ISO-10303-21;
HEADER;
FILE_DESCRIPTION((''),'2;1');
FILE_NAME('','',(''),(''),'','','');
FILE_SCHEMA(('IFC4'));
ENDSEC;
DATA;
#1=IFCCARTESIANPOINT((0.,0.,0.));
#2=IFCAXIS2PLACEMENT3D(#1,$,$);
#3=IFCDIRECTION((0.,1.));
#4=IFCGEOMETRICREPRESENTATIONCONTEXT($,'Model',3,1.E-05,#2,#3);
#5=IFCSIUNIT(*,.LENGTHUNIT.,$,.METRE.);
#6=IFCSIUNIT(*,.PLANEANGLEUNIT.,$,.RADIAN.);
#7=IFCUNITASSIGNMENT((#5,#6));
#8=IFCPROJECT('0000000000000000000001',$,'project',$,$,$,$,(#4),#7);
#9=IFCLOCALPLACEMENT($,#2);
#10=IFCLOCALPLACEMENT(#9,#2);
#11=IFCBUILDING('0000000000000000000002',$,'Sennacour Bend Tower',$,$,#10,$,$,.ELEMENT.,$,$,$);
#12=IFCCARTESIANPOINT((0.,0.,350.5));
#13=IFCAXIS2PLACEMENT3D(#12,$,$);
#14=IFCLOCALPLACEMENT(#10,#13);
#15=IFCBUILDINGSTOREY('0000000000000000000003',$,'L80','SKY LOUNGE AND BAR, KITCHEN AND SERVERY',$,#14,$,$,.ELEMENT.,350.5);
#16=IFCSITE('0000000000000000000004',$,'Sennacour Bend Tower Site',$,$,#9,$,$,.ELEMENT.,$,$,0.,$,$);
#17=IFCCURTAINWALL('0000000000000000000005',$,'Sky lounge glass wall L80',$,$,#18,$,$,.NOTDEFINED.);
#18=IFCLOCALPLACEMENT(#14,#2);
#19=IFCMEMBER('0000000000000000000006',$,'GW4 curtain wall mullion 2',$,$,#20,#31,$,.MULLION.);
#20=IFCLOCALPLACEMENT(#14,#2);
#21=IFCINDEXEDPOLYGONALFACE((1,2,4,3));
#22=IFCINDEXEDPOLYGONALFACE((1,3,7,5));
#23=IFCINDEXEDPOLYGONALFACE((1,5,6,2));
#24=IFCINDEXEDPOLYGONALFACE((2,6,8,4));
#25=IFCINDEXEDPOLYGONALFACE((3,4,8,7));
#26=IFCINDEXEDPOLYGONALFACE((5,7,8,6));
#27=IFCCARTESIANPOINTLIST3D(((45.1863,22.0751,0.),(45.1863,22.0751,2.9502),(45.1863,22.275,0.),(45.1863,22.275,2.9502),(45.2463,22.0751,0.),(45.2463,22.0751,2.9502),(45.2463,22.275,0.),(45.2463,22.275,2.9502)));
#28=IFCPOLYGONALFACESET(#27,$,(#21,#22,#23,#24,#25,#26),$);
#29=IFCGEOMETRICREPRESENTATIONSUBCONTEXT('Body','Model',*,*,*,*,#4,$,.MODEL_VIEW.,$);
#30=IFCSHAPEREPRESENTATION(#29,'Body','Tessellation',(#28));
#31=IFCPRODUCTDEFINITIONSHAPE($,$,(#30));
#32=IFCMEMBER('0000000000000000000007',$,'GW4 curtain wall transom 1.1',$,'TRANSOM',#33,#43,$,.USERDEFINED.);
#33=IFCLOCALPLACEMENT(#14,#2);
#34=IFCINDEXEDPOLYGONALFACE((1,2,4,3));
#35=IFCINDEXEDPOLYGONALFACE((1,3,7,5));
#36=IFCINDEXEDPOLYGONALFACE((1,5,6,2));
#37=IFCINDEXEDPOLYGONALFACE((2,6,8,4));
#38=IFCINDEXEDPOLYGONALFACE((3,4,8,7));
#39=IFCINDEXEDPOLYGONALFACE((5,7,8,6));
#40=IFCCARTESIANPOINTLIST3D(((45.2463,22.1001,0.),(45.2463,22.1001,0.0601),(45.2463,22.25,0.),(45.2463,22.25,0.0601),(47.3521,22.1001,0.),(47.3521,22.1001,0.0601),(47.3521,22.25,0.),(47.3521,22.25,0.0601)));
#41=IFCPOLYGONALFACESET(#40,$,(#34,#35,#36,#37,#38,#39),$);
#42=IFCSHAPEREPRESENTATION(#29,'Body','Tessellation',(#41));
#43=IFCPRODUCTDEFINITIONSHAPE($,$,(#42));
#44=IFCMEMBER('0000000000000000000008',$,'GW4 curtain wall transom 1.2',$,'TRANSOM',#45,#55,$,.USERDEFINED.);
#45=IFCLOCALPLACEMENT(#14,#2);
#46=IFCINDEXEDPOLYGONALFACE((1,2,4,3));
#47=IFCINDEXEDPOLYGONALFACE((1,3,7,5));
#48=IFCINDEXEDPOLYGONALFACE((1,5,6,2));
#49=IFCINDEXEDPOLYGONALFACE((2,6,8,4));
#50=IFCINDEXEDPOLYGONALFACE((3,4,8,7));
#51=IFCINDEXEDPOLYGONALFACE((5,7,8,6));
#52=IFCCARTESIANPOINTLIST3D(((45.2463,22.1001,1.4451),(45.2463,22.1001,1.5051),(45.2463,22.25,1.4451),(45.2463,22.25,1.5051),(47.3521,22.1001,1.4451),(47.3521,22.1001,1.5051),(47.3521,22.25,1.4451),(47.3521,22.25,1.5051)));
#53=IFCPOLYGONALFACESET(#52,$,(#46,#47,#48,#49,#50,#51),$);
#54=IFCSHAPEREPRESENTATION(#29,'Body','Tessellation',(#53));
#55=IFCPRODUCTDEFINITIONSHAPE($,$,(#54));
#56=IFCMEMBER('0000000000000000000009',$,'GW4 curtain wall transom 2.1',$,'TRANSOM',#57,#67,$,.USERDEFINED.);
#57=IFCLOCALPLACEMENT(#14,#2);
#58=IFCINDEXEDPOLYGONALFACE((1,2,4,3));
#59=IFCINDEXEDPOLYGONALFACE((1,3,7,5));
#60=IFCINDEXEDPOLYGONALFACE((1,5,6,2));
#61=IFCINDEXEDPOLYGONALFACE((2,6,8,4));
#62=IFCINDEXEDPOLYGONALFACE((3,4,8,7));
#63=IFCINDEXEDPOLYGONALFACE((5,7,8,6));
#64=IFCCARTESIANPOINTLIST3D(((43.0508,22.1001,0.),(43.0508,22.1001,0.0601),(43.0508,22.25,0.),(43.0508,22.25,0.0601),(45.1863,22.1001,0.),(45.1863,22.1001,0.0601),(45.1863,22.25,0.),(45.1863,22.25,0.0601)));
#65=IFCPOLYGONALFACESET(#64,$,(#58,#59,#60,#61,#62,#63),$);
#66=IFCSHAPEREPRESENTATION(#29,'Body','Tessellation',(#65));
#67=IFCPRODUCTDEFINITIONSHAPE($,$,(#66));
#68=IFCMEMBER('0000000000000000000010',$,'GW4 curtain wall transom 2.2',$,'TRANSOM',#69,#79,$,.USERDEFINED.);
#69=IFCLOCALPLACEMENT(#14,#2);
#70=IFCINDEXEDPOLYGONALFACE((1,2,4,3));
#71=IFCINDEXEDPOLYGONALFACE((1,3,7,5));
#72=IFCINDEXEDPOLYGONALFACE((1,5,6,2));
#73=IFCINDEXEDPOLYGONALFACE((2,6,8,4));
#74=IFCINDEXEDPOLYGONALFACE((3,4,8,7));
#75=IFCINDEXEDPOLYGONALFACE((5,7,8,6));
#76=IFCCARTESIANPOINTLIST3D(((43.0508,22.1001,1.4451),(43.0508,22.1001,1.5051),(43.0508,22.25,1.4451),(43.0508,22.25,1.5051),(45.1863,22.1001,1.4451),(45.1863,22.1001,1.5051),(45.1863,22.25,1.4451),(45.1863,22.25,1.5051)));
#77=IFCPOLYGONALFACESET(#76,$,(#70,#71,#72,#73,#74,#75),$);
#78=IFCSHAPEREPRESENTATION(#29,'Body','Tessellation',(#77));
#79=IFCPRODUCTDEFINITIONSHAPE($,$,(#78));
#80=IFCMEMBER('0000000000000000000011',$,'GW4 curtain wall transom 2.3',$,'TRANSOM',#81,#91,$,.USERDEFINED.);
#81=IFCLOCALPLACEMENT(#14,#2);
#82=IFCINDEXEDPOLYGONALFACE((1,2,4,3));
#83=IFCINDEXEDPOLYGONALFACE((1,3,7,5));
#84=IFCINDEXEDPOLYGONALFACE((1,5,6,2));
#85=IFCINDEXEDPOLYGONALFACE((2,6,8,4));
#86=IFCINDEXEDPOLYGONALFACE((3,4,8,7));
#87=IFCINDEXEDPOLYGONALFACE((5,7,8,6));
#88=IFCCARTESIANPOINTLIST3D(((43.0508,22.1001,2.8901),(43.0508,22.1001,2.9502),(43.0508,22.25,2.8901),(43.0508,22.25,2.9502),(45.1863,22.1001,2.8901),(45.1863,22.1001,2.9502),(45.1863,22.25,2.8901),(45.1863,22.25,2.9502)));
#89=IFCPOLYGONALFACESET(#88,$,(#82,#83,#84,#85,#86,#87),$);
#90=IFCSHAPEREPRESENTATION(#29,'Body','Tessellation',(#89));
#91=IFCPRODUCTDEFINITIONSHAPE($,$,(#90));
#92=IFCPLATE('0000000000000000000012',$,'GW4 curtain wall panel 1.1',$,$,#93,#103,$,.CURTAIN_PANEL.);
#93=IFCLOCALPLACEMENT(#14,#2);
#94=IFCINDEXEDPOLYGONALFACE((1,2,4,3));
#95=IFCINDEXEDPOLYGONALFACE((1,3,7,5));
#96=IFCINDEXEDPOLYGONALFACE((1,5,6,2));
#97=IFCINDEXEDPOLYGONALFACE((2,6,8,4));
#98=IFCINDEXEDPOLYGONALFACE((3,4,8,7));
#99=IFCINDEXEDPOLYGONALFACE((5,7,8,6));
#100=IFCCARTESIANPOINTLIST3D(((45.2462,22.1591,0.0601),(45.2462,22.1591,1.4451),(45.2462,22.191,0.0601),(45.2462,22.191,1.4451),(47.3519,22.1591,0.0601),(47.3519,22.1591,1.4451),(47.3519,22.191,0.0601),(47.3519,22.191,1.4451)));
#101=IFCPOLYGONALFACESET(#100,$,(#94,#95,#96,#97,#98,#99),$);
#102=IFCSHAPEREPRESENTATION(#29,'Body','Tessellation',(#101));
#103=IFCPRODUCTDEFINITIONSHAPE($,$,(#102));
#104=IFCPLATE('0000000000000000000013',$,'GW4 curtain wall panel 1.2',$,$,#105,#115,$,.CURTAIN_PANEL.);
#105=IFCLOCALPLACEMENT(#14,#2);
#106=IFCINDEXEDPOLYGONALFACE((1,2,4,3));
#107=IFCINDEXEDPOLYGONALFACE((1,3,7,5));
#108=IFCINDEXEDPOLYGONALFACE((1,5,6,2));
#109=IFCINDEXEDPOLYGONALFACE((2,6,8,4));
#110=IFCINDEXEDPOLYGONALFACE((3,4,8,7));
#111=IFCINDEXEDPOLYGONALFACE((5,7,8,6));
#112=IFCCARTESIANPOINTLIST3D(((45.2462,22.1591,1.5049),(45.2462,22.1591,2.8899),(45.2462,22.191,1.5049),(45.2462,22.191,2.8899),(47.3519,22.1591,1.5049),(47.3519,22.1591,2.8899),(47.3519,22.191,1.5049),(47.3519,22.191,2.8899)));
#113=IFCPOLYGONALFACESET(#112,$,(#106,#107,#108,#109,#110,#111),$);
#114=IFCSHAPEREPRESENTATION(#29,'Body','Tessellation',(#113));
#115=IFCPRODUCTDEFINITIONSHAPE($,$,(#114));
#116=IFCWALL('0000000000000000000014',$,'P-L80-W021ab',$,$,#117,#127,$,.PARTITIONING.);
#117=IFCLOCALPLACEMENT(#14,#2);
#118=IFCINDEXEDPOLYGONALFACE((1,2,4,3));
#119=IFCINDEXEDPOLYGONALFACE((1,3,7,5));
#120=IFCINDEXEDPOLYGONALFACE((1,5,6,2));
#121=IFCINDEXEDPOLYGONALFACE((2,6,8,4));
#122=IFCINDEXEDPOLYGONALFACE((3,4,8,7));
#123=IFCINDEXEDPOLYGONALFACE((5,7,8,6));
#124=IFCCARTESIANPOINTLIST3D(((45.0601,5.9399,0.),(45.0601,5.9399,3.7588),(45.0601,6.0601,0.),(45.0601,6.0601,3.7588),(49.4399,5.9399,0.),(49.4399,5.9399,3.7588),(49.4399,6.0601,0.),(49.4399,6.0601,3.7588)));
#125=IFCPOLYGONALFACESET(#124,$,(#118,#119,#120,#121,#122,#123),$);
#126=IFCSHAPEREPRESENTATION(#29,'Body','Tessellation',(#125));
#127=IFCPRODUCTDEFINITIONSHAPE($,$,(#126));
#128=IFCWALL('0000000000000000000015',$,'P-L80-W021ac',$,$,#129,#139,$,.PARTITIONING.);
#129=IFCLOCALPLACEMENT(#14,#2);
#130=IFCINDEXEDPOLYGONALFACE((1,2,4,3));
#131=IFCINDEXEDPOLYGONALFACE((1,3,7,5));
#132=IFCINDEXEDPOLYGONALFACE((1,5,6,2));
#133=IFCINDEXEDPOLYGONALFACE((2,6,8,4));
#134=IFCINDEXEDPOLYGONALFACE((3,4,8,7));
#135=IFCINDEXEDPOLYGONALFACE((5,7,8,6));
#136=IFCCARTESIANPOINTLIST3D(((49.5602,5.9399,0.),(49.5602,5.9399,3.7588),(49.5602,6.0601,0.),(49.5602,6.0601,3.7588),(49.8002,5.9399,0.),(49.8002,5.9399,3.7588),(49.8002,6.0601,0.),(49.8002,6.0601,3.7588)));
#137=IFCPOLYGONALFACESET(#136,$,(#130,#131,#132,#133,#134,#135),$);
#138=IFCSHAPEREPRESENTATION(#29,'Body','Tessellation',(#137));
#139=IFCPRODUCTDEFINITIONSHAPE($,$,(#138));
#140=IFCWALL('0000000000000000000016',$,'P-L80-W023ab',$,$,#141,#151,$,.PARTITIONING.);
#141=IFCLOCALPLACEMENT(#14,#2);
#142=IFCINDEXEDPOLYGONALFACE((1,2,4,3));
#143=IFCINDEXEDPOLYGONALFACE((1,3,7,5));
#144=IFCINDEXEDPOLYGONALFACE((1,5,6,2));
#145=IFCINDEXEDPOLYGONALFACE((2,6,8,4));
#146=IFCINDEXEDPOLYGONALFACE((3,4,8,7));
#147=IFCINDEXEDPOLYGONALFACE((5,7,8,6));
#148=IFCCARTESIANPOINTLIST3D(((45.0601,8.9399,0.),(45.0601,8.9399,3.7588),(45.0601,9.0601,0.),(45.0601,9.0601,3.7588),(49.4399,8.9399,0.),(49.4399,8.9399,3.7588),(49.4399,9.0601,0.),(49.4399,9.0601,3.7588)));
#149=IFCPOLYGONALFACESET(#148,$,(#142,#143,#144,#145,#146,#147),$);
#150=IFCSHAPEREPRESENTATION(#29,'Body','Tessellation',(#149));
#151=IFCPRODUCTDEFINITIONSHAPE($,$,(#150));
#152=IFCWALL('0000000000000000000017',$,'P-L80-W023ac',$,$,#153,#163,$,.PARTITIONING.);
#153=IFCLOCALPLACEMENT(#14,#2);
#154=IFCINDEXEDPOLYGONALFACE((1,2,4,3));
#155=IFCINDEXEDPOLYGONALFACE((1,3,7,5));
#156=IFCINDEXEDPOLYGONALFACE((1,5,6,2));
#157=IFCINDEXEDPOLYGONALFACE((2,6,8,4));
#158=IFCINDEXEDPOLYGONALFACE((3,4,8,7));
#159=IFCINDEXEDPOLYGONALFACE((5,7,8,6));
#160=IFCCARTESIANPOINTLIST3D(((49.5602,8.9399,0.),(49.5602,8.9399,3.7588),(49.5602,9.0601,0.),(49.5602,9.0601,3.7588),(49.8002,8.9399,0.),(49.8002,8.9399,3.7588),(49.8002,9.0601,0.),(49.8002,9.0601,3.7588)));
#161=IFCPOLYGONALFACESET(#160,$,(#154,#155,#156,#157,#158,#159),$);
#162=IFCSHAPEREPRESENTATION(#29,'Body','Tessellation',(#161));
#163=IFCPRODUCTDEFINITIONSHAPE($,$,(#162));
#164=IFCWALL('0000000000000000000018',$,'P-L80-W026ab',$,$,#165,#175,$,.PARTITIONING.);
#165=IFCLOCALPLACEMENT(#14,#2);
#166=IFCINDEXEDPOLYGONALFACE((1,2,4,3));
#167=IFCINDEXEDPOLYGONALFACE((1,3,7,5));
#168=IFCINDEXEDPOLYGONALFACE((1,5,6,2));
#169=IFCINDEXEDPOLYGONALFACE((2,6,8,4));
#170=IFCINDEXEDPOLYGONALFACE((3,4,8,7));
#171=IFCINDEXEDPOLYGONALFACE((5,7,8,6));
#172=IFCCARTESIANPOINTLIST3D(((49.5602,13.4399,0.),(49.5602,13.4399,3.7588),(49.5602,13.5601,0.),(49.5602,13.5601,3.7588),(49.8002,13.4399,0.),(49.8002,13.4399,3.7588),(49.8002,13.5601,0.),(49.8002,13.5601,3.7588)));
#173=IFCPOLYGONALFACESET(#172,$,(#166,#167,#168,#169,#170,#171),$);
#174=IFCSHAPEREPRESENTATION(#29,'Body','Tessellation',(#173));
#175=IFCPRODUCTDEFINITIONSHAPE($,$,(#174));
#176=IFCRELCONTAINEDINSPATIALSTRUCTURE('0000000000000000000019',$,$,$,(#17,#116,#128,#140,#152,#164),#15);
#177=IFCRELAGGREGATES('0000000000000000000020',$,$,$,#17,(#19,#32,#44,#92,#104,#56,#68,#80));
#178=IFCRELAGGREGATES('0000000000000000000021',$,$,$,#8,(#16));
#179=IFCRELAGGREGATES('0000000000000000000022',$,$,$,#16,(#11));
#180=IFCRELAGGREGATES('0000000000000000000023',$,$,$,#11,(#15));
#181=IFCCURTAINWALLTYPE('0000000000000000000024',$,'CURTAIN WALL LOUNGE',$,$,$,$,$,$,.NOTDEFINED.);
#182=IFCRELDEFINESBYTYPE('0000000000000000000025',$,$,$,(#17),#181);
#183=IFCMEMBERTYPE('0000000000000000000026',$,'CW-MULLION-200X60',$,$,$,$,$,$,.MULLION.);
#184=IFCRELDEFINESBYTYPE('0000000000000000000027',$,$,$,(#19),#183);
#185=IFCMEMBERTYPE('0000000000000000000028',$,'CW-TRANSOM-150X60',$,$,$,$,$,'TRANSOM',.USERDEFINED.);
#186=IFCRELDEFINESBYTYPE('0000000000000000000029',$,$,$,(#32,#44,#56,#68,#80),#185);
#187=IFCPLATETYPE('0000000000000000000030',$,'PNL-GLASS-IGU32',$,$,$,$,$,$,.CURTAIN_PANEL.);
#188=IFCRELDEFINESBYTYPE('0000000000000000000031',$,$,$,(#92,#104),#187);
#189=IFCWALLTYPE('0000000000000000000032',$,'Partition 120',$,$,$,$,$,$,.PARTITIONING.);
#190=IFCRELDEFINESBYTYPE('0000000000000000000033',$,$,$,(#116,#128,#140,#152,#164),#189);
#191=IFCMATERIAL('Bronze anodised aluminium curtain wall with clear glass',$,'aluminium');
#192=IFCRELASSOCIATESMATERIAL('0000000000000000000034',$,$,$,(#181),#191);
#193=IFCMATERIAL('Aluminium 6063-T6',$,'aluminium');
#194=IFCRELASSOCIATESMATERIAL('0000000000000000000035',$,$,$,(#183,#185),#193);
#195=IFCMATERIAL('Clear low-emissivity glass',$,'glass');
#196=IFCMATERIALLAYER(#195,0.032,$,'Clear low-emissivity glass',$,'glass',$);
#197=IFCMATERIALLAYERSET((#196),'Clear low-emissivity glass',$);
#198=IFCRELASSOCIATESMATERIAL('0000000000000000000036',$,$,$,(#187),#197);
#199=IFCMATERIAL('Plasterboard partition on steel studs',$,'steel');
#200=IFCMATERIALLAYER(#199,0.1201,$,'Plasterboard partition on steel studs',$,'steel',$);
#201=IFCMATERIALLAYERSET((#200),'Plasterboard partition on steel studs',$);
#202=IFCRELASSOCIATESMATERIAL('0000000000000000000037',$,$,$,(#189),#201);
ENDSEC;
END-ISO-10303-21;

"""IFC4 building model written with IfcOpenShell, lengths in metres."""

from ifc_helpers import new_model, si_unit, direction, frame, frame_2d, origin, origin_2d, place, context, subcontext, project, spatial, rectangle, extrude, material, layer, layer_set, material_profile, profile_set, type_object, element, aggregate, save


model = new_model("IFC4")

# Units and contexts
model_context = context("Model", 3, precision=1e-05, world=origin(), true_north=direction((0.0, 1.0)))
body_context = subcontext(model_context, "Body", "Model", "MODEL_VIEW")
ifc_project = project(units=[si_unit("LENGTHUNIT", "METRE"), si_unit("PLANEANGLEUNIT", "RADIAN")], contexts=[model_context])

# Site, building, storey
site_placement = place(None, origin())
site = spatial("IfcSite", under=ifc_project, at=site_placement, Name="Sennacour Bend Tower Site", CompositionType="ELEMENT", RefElevation=0.0)
building_placement = place(site_placement, origin())
building = spatial("IfcBuilding", under=site, at=building_placement, Name="Sennacour Bend Tower", CompositionType="ELEMENT")
storey_placement = place(building_placement, frame((0.0, 0.0, 350.5)))
storey = spatial("IfcBuildingStorey", under=building, at=storey_placement, Name="L80", Description="SKY LOUNGE AND BAR, KITCHEN AND SERVERY", CompositionType="ELEMENT", Elevation=350.5)

# Curtain wall, members, plates
ifc_material_1 = material(Name="Bronze anodised aluminium curtain wall with clear glass", Category="aluminium")
curtain_wall_type = type_object("IfcCurtainWallType", Name="CURTAIN WALL LOUNGE", PredefinedType="NOTDEFINED", material=ifc_material_1)
curtain_wall_placement = place(storey_placement, origin())
curtain_wall = element("IfcCurtainWall", 1, at=curtain_wall_placement, inside=storey, type_object=curtain_wall_type, Name="Sky lounge glass wall L80", PredefinedType="NOTDEFINED")
ifc_material_2 = material(Name="Aluminium 6063-T6", Category="aluminium")
ifc_material_profile_1 = material_profile(ifc_material_2, rectangle(XDim=0.2, YDim=0.0601, at=origin_2d()), Name="Aluminium 6063-T6", Category="aluminium")
ifc_profile_set_1 = profile_set([ifc_material_profile_1], Name="Aluminium 6063-T6")
member_type_1 = type_object("IfcMemberType", Name="CW-MULLION-200X60", PredefinedType="MULLION", material=ifc_profile_set_1)
member_1_placement = place(storey_placement, frame((45.2163, 22.175, 0.0), z_axis=(0.0, 0.0, 1.0), x_axis=(0.0, -1.0, 0.0)))
member_1 = element("IfcMember", 2, at=member_1_placement, type_object=member_type_1, Name="GW4 curtain wall mullion 2", PredefinedType="MULLION", context=body_context, shape_type="SweptSolid", body=[
    extrude(rectangle(XDim=0.2, YDim=0.0601, at=origin_2d()), origin(), (0.0, 0.0, 1.0), 2.9502),
])
ifc_material_profile_2 = material_profile(ifc_material_2, rectangle(XDim=0.1499, YDim=0.0601, at=origin_2d()), Name="Aluminium 6063-T6", Category="aluminium")
ifc_profile_set_2 = profile_set([ifc_material_profile_2], Name="Aluminium 6063-T6")
member_type_2 = type_object("IfcMemberType", Name="CW-TRANSOM-150X60", ElementType="TRANSOM", PredefinedType="USERDEFINED", material=ifc_profile_set_2)
member_2_placement = place(storey_placement, frame((47.3521, 22.175, 0.03), z_axis=(-1.0, 0.0, 0.0), x_axis=(0.0, -1.0, 0.0)))
member_2 = element("IfcMember", 3, at=member_2_placement, type_object=member_type_2, Name="GW4 curtain wall transom 1.1", ObjectType="TRANSOM", PredefinedType="USERDEFINED", context=body_context, shape_type="SweptSolid", body=[
    extrude(rectangle(XDim=0.1499, YDim=0.0601, at=origin_2d()), origin(), (0.0, 0.0, 1.0), 2.1057),
])
member_3_placement = place(storey_placement, frame((47.3521, 22.175, 1.4751), z_axis=(-1.0, 0.0, 0.0), x_axis=(0.0, -1.0, 0.0)))
member_3 = element("IfcMember", 4, at=member_3_placement, type_object=member_type_2, Name="GW4 curtain wall transom 1.2", ObjectType="TRANSOM", PredefinedType="USERDEFINED", context=body_context, shape_type="SweptSolid", body=[
    extrude(rectangle(XDim=0.1499, YDim=0.0601, at=origin_2d()), origin(), (0.0, 0.0, 1.0), 2.1057),
])
member_4_placement = place(storey_placement, frame((45.1863, 22.175, 0.03), z_axis=(-1.0, 0.0, 0.0), x_axis=(0.0, -1.0, 0.0)))
member_4 = element("IfcMember", 5, at=member_4_placement, type_object=member_type_2, Name="GW4 curtain wall transom 2.1", ObjectType="TRANSOM", PredefinedType="USERDEFINED", context=body_context, shape_type="SweptSolid", body=[
    extrude(rectangle(XDim=0.1499, YDim=0.0601, at=origin_2d()), origin(), (0.0, 0.0, 1.0), 2.1355),
])
member_5_placement = place(storey_placement, frame((45.1863, 22.175, 1.4751), z_axis=(-1.0, 0.0, 0.0), x_axis=(0.0, -1.0, 0.0)))
member_5 = element("IfcMember", 6, at=member_5_placement, type_object=member_type_2, Name="GW4 curtain wall transom 2.2", ObjectType="TRANSOM", PredefinedType="USERDEFINED", context=body_context, shape_type="SweptSolid", body=[
    extrude(rectangle(XDim=0.1499, YDim=0.0601, at=origin_2d()), origin(), (0.0, 0.0, 1.0), 2.1355),
])
member_6_placement = place(storey_placement, frame((45.1863, 22.175, 2.9202), z_axis=(-1.0, 0.0, 0.0), x_axis=(0.0, -1.0, 0.0)))
member_6 = element("IfcMember", 7, at=member_6_placement, type_object=member_type_2, Name="GW4 curtain wall transom 2.3", ObjectType="TRANSOM", PredefinedType="USERDEFINED", context=body_context, shape_type="SweptSolid", body=[
    extrude(rectangle(XDim=0.1499, YDim=0.0601, at=origin_2d()), origin(), (0.0, 0.0, 1.0), 2.1355),
])
ifc_material_3 = material(Name="Clear low-emissivity glass", Category="glass")
ifc_layer_1 = layer(ifc_material_3, 0.032, Name="Clear low-emissivity glass", Category="glass")
ifc_layer_set_1 = layer_set([ifc_layer_1], Name="Clear low-emissivity glass")
plate_type = type_object("IfcPlateType", Name="PNL-GLASS-IGU32", PredefinedType="CURTAIN_PANEL", material=ifc_layer_set_1)
plate_1_placement = place(storey_placement, frame((46.2991, 22.175, 0.0601), z_axis=(0.0, 0.0, 1.0), x_axis=(-1.0, 0.0, 0.0)))
plate_1 = element("IfcPlate", 8, at=plate_1_placement, type_object=plate_type, Name="GW4 curtain wall panel 1.1", PredefinedType="CURTAIN_PANEL", context=body_context, shape_type="SweptSolid", body=[
    extrude(rectangle(XDim=2.1057, YDim=0.032, at=origin_2d()), origin(), (0.0, 0.0, 1.0), 1.385),
])
plate_2_placement = place(storey_placement, frame((46.2991, 22.175, 1.5049), z_axis=(0.0, 0.0, 1.0), x_axis=(-1.0, 0.0, 0.0)))
plate_2 = element("IfcPlate", 9, at=plate_2_placement, type_object=plate_type, Name="GW4 curtain wall panel 1.2", PredefinedType="CURTAIN_PANEL", context=body_context, shape_type="SweptSolid", body=[
    extrude(rectangle(XDim=2.1057, YDim=0.032, at=origin_2d()), origin(), (0.0, 0.0, 1.0), 1.385),
])
aggregate(curtain_wall, [member_1, member_2, member_3, plate_1, plate_2, member_4, member_5, member_6])

# Walls
ifc_material_4 = material(Name="Plasterboard partition on steel studs", Category="steel")
ifc_layer_2 = layer(ifc_material_4, 0.1201, Name="Plasterboard partition on steel studs", Category="steel")
ifc_layer_set_2 = layer_set([ifc_layer_2], Name="Plasterboard partition on steel studs")
wall_type_1 = type_object("IfcWallType", Name="Partition 120", PredefinedType="PARTITIONING", material=ifc_layer_set_2)
wall_1_placement = place(storey_placement, frame((45.0601, 6.0, 0.0), z_axis=(0.0, 0.0, 1.0), x_axis=(1.0, 0.0, 0.0)))
element("IfcWall", 10, at=wall_1_placement, inside=storey, type_object=wall_type_1, Name="P-L80-W021ab", PredefinedType="PARTITIONING", context=body_context, shape_type="SweptSolid", body=[
    extrude(rectangle(XDim=4.3799, YDim=0.1201, at=frame_2d((2.1899, 0.0))), origin(), (0.0, 0.0, 1.0), 3.7588),
])
wall_2_placement = place(storey_placement, frame((49.5601, 6.0, 0.0), z_axis=(0.0, 0.0, 1.0), x_axis=(1.0, 0.0, 0.0)))
element("IfcWall", 11, at=wall_2_placement, inside=storey, type_object=wall_type_1, Name="P-L80-W021ac", PredefinedType="PARTITIONING", context=body_context, shape_type="SweptSolid", body=[
    extrude(rectangle(XDim=0.24, YDim=0.1201, at=frame_2d((0.1201, 0.0))), origin(), (0.0, 0.0, 1.0), 3.7588),
])
wall_3_placement = place(storey_placement, frame((45.0601, 9.0, 0.0), z_axis=(0.0, 0.0, 1.0), x_axis=(1.0, 0.0, 0.0)))
element("IfcWall", 12, at=wall_3_placement, inside=storey, type_object=wall_type_1, Name="P-L80-W023ab", PredefinedType="PARTITIONING", context=body_context, shape_type="SweptSolid", body=[
    extrude(rectangle(XDim=4.3799, YDim=0.1201, at=frame_2d((2.1899, 0.0))), origin(), (0.0, 0.0, 1.0), 3.7588),
])
for number, where, z_axis, x_axis, name in (
    (13, (49.5601, 9.0, 0.0), (0.0, 0.0, 1.0), (1.0, 0.0, 0.0), "P-L80-W023ac"),
    (14, (49.5601, 13.5, 0.0), (0.0, 0.0, 1.0), (1.0, 0.0, 0.0), "P-L80-W026ab"),
):
    element("IfcWall", number, at=place(storey_placement, frame(where, z_axis=z_axis, x_axis=x_axis)), inside=storey, type_object=wall_type_1, Name=name, PredefinedType="PARTITIONING", context=body_context, shape_type="SweptSolid", body=[
        extrude(rectangle(XDim=0.24, YDim=0.1201, at=frame_2d((0.1201, 0.0))), origin(), (0.0, 0.0, 1.0), 3.7588),
    ])

save(model, "model.ifc")
